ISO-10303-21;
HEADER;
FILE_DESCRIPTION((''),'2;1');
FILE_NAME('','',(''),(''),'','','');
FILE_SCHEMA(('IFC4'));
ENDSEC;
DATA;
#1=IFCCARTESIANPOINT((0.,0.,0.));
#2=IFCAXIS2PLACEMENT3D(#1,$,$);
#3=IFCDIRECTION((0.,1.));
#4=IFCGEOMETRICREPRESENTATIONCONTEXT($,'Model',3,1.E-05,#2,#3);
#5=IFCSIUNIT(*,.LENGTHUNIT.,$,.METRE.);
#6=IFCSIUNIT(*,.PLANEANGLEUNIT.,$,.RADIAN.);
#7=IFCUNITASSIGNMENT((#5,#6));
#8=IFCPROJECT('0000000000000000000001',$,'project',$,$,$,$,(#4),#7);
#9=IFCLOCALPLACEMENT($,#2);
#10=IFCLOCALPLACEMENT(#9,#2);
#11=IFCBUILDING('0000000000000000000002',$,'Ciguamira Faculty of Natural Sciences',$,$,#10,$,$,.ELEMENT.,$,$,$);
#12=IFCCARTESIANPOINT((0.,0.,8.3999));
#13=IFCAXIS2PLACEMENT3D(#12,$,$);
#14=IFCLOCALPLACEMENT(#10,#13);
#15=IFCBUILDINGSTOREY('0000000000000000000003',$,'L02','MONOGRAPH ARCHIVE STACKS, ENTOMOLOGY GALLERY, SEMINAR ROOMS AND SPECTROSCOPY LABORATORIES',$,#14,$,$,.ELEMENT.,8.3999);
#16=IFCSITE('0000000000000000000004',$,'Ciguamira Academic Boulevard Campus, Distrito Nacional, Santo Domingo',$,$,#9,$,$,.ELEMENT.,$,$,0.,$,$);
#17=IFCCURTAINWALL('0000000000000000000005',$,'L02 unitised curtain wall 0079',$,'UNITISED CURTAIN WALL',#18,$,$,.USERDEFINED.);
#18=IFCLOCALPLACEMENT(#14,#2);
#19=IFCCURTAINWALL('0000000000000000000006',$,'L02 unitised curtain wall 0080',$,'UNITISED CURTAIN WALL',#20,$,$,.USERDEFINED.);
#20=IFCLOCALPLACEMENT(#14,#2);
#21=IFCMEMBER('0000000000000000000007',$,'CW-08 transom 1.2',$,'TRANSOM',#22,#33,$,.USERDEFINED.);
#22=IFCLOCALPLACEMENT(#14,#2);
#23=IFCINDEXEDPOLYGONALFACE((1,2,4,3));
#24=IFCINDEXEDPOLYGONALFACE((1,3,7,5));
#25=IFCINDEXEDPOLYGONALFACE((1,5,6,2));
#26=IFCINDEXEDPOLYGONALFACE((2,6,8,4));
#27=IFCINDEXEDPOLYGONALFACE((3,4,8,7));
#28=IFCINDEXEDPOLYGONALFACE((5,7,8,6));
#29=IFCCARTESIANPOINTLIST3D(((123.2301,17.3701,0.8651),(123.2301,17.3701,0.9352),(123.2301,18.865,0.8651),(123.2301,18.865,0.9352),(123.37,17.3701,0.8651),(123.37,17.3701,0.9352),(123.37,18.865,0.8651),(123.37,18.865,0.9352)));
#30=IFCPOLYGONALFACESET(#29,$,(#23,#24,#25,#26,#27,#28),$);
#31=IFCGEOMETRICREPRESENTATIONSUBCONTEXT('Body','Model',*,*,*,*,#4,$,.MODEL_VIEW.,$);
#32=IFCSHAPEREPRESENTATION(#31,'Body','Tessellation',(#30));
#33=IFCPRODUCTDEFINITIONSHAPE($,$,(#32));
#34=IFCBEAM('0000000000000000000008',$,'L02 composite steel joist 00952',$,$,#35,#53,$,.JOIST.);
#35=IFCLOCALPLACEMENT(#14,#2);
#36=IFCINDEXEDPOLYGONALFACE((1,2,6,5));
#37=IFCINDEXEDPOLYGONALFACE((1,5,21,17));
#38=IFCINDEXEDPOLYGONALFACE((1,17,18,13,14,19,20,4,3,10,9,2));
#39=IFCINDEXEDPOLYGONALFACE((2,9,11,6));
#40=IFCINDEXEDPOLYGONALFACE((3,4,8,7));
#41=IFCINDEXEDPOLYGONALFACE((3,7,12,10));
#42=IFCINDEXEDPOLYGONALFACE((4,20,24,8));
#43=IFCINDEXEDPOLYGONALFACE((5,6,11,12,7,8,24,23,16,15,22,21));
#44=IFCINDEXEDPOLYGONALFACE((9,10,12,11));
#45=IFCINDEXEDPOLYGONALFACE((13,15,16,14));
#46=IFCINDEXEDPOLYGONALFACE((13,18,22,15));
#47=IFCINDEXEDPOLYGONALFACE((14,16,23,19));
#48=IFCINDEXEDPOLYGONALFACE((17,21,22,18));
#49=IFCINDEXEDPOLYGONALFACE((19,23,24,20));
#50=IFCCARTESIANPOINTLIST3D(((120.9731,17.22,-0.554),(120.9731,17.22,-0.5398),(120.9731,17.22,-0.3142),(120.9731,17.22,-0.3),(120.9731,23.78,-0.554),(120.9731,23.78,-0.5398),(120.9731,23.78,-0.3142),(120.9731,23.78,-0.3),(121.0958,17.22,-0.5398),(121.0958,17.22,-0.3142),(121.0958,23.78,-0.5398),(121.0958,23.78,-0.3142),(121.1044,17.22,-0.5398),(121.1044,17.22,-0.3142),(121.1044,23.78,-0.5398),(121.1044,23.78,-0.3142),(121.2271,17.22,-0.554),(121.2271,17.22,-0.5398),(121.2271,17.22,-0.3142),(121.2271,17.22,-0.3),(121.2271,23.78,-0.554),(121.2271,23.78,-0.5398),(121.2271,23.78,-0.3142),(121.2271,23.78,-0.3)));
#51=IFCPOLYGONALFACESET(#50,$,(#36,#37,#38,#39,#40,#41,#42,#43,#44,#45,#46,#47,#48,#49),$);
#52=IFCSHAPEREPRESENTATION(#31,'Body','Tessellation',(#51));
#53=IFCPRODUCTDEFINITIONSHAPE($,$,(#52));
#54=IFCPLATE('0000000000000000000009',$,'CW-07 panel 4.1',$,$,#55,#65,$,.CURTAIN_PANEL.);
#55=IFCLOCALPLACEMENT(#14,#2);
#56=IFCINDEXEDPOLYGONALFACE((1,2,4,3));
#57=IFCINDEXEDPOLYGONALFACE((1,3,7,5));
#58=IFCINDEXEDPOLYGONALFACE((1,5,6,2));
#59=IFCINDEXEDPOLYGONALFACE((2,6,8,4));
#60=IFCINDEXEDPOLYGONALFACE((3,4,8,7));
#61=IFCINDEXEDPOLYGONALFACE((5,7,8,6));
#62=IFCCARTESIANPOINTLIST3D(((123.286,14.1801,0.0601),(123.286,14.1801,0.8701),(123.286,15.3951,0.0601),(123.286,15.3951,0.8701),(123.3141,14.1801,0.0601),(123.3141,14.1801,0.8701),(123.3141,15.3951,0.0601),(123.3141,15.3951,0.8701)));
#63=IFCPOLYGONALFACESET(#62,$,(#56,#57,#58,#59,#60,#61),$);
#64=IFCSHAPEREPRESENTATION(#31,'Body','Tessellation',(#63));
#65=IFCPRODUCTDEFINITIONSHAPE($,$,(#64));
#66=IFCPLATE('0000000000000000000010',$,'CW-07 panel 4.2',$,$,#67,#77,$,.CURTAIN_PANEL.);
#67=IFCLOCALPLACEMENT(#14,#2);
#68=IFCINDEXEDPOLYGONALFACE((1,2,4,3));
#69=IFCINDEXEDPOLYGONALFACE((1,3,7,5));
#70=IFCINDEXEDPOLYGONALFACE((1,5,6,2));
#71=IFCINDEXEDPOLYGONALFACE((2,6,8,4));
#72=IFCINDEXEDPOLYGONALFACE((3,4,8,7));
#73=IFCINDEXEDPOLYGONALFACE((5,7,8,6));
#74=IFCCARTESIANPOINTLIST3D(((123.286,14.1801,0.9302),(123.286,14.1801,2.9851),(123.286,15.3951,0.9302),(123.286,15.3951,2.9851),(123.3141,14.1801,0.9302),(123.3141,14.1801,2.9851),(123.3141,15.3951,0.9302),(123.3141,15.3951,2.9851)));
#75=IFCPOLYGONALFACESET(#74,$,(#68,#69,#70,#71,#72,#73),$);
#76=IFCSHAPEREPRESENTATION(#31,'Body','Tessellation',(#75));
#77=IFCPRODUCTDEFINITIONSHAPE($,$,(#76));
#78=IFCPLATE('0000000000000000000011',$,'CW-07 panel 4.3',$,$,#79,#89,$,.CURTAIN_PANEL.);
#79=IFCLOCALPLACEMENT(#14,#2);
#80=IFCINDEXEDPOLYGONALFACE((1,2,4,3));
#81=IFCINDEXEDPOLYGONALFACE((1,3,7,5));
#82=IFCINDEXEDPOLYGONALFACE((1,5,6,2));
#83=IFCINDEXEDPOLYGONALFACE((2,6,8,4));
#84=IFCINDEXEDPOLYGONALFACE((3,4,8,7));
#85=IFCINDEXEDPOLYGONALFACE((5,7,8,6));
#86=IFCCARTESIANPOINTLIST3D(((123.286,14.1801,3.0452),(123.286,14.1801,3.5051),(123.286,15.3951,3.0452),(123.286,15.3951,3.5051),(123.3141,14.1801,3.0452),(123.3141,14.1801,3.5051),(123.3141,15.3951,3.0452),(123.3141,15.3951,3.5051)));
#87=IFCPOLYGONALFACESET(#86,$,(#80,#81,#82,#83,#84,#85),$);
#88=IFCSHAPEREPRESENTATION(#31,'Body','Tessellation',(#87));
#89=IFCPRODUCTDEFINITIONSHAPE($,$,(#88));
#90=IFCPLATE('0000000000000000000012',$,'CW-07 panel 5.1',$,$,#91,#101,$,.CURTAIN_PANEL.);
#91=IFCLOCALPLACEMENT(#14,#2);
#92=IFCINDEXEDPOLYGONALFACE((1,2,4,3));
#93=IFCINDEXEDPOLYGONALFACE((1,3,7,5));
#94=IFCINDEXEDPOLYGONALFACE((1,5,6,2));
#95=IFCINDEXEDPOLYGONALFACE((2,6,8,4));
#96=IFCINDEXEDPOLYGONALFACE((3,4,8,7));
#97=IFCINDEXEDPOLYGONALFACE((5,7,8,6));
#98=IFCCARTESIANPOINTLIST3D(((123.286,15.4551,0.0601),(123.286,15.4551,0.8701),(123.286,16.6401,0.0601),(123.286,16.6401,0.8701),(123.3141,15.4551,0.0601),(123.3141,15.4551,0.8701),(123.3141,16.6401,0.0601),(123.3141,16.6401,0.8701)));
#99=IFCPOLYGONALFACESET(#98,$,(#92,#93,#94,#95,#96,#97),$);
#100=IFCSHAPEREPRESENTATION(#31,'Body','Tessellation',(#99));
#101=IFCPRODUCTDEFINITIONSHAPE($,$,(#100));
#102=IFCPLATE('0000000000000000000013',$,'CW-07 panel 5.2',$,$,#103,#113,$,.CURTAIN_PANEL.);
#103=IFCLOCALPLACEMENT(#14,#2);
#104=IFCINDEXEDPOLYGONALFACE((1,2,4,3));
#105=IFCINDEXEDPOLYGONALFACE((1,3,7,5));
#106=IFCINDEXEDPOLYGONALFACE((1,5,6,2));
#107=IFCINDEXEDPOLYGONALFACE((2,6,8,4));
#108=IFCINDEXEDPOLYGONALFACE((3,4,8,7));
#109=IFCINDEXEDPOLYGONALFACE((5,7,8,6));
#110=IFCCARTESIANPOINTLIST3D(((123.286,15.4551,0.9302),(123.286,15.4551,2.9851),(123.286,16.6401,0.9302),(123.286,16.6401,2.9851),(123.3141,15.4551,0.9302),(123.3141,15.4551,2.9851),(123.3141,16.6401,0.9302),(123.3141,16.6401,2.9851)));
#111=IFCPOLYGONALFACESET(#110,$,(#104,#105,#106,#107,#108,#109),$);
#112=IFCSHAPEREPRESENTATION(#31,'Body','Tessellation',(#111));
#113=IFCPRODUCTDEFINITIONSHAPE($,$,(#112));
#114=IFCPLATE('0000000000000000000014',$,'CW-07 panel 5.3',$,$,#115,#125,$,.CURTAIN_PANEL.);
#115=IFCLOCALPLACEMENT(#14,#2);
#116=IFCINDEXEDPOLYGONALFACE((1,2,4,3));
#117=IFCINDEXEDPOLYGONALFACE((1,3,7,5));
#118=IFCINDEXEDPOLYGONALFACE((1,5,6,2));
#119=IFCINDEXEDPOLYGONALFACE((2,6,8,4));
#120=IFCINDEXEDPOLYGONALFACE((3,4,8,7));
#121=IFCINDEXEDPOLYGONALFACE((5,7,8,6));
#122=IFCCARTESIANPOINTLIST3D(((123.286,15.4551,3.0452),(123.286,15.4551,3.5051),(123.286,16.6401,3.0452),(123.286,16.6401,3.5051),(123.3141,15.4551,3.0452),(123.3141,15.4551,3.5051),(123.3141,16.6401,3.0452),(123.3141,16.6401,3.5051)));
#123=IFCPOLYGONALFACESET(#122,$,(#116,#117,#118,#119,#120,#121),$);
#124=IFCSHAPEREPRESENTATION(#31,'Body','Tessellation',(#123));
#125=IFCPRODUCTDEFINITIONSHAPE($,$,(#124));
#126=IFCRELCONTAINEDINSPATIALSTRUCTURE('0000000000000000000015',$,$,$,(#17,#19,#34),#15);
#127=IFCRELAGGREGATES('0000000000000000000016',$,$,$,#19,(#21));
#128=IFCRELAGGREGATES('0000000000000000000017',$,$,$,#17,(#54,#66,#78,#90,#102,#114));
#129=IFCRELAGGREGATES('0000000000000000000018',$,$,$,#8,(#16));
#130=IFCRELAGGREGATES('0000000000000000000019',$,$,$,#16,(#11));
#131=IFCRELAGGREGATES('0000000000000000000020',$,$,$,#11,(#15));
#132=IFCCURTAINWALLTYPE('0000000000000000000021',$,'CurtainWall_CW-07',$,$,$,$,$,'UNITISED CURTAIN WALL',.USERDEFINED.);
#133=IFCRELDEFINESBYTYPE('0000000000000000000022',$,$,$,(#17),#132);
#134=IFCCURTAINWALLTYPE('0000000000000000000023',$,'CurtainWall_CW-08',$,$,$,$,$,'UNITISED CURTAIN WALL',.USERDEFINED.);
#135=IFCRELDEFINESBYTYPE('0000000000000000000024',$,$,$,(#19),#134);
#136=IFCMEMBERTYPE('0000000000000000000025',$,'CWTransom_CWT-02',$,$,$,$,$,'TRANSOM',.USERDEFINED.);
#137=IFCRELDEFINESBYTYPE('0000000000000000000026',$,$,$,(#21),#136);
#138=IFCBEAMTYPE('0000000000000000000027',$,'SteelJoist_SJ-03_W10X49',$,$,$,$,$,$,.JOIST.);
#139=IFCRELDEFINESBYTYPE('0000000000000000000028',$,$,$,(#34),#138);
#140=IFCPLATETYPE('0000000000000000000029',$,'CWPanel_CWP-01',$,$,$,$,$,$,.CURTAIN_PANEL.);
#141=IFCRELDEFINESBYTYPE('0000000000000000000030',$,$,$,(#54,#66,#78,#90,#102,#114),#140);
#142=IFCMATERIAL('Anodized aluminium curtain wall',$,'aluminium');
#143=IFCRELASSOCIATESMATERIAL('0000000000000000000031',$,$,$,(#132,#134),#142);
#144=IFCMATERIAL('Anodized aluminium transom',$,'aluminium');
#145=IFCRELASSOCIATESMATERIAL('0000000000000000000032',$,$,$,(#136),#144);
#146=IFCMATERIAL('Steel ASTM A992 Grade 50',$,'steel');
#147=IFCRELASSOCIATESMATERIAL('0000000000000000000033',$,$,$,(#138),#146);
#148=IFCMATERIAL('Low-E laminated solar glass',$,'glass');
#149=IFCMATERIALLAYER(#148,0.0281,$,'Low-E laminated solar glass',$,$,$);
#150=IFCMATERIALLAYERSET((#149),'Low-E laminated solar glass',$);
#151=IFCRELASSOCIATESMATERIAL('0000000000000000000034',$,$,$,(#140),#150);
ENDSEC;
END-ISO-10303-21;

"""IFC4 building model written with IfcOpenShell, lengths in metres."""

from ifc_helpers import new_model, si_unit, direction, frame, origin, origin_2d, place, context, subcontext, project, spatial, rectangle, i_section, extrude, material, layer, layer_set, material_profile, profile_set, type_object, element, aggregate, save


model = new_model("IFC4")

# Units and contexts
model_context = context("Model", 3, precision=1e-05, world=origin(), true_north=direction((0.0, 1.0)))
body_context = subcontext(model_context, "Body", "Model", "MODEL_VIEW")
ifc_project = project(units=[si_unit("LENGTHUNIT", "METRE"), si_unit("PLANEANGLEUNIT", "RADIAN")], contexts=[model_context])

# Site, building, storey
site_placement = place(None, origin())
site = spatial("IfcSite", under=ifc_project, at=site_placement, Name="Ciguamira Academic Boulevard Campus, Distrito Nacional, Santo Domingo", CompositionType="ELEMENT", RefElevation=0.0)
building_placement = place(site_placement, origin())
building = spatial("IfcBuilding", under=site, at=building_placement, Name="Ciguamira Faculty of Natural Sciences", CompositionType="ELEMENT")
storey_placement = place(building_placement, frame((0.0, 0.0, 8.3999)))
storey = spatial("IfcBuildingStorey", under=building, at=storey_placement, Name="L02", Description="MONOGRAPH ARCHIVE STACKS, ENTOMOLOGY GALLERY, SEMINAR ROOMS AND SPECTROSCOPY LABORATORIES", CompositionType="ELEMENT", Elevation=8.3999)

# Curtain wall
ifc_material_1 = material(Name="Anodized aluminium curtain wall", Category="aluminium")
curtain_wall_type_1 = type_object("IfcCurtainWallType", Name="CurtainWall_CW-07", ElementType="UNITISED CURTAIN WALL", PredefinedType="USERDEFINED", material=ifc_material_1)
curtain_wall_1_placement = place(storey_placement, origin())
curtain_wall_1 = element("IfcCurtainWall", 1, at=curtain_wall_1_placement, inside=storey, type_object=curtain_wall_type_1, Name="L02 unitised curtain wall 0079", ObjectType="UNITISED CURTAIN WALL", PredefinedType="USERDEFINED")

# Curtain wall
curtain_wall_type_2 = type_object("IfcCurtainWallType", Name="CurtainWall_CW-08", ElementType="UNITISED CURTAIN WALL", PredefinedType="USERDEFINED", material=ifc_material_1)
curtain_wall_2_placement = place(storey_placement, origin())
curtain_wall_2 = element("IfcCurtainWall", 2, at=curtain_wall_2_placement, inside=storey, type_object=curtain_wall_type_2, Name="L02 unitised curtain wall 0080", ObjectType="UNITISED CURTAIN WALL", PredefinedType="USERDEFINED")

# Member
ifc_material_2 = material(Name="Anodized aluminium transom", Category="aluminium")
ifc_material_profile_1 = material_profile(ifc_material_2, rectangle(XDim=0.0701, YDim=0.1399, at=origin_2d()), Name="ALU-TRN-70X140")
ifc_profile_set_1 = profile_set([ifc_material_profile_1], Name="Anodized aluminium transom")
member_type_1 = type_object("IfcMemberType", Name="CWTransom_CWT-02", ElementType="TRANSOM", PredefinedType="USERDEFINED", material=ifc_profile_set_1)
member_1_placement = place(storey_placement, frame((123.3, 17.3701, 0.9001), z_axis=(0.0, 1.0, 0.0), x_axis=(0.0, 0.0, 1.0)))
member_1 = element("IfcMember", 3, at=member_1_placement, type_object=member_type_1, Name="CW-08 transom 1.2", ObjectType="TRANSOM", PredefinedType="USERDEFINED", context=body_context, shape_type="SweptSolid", body=[
    extrude(rectangle(XDim=0.0701, YDim=0.1399, at=origin_2d()), origin(), (0.0, 0.0, 1.0), 1.4949),
])
aggregate(curtain_wall_2, [member_1])

# Beam
ifc_material_3 = material(Name="Steel ASTM A992 Grade 50", Category="steel")
ifc_material_profile_2 = material_profile(ifc_material_3, i_section(OverallWidth=0.2539, OverallDepth=0.2539, WebThickness=0.0085, FlangeThickness=0.0142, at=origin_2d()), Name="W10X49")
ifc_profile_set_2 = profile_set([ifc_material_profile_2], Name="Steel ASTM A992 Grade 50")
beam_type = type_object("IfcBeamType", Name="SteelJoist_SJ-03_W10X49", PredefinedType="JOIST", material=ifc_profile_set_2)
beam_placement = place(storey_placement, frame((121.1001, 17.22, -0.427), z_axis=(0.0, 1.0, 0.0), x_axis=(-1.0, 0.0, 0.0)))
element("IfcBeam", 4, at=beam_placement, inside=storey, type_object=beam_type, Name="L02 composite steel joist 00952", PredefinedType="JOIST", context=body_context, shape_type="SweptSolid", body=[
    extrude(i_section(OverallWidth=0.2539, OverallDepth=0.2539, WebThickness=0.0085, FlangeThickness=0.0142, at=origin_2d()), origin(), (0.0, 0.0, 1.0), 6.5601),
])

# Plates
ifc_material_4 = material(Name="Low-E laminated solar glass", Category="glass")
ifc_layer = layer(ifc_material_4, 0.0281, Name="Low-E laminated solar glass")
ifc_layer_set = layer_set([ifc_layer], Name="Low-E laminated solar glass")
plate_type = type_object("IfcPlateType", Name="CWPanel_CWP-01", PredefinedType="CURTAIN_PANEL", material=ifc_layer_set)
plate_1_placement = place(storey_placement, frame((123.3, 14.7876, 0.0601), z_axis=(0.0, 0.0, 1.0), x_axis=(0.0, 1.0, 0.0)))
plate_1 = element("IfcPlate", 5, at=plate_1_placement, type_object=plate_type, Name="CW-07 panel 4.1", PredefinedType="CURTAIN_PANEL", context=body_context, shape_type="SweptSolid", body=[
    extrude(rectangle(XDim=1.2151, YDim=0.0281, at=origin_2d()), origin(), (0.0, 0.0, 1.0), 0.8101),
])
plate_2_placement = place(storey_placement, frame((123.3, 14.7876, 0.9302), z_axis=(0.0, 0.0, 1.0), x_axis=(0.0, 1.0, 0.0)))
plate_2 = element("IfcPlate", 6, at=plate_2_placement, type_object=plate_type, Name="CW-07 panel 4.2", PredefinedType="CURTAIN_PANEL", context=body_context, shape_type="SweptSolid", body=[
    extrude(rectangle(XDim=1.2151, YDim=0.0281, at=origin_2d()), origin(), (0.0, 0.0, 1.0), 2.0549),
])
plate_3_placement = place(storey_placement, frame((123.3, 14.7876, 3.0452), z_axis=(0.0, 0.0, 1.0), x_axis=(0.0, 1.0, 0.0)))
plate_3 = element("IfcPlate", 7, at=plate_3_placement, type_object=plate_type, Name="CW-07 panel 4.3", PredefinedType="CURTAIN_PANEL", context=body_context, shape_type="SweptSolid", body=[
    extrude(rectangle(XDim=1.2151, YDim=0.0281, at=origin_2d()), origin(), (0.0, 0.0, 1.0), 0.46),
])
plate_4_placement = place(storey_placement, frame((123.3, 16.0476, 0.0601), z_axis=(0.0, 0.0, 1.0), x_axis=(0.0, 1.0, 0.0)))
plate_4 = element("IfcPlate", 8, at=plate_4_placement, type_object=plate_type, Name="CW-07 panel 5.1", PredefinedType="CURTAIN_PANEL", context=body_context, shape_type="SweptSolid", body=[
    extrude(rectangle(XDim=1.1851, YDim=0.0281, at=origin_2d()), origin(), (0.0, 0.0, 1.0), 0.8101),
])
plate_5_placement = place(storey_placement, frame((123.3, 16.0476, 0.9302), z_axis=(0.0, 0.0, 1.0), x_axis=(0.0, 1.0, 0.0)))
plate_5 = element("IfcPlate", 9, at=plate_5_placement, type_object=plate_type, Name="CW-07 panel 5.2", PredefinedType="CURTAIN_PANEL", context=body_context, shape_type="SweptSolid", body=[
    extrude(rectangle(XDim=1.1851, YDim=0.0281, at=origin_2d()), origin(), (0.0, 0.0, 1.0), 2.0549),
])
plate_6_placement = place(storey_placement, frame((123.3, 16.0476, 3.0452), z_axis=(0.0, 0.0, 1.0), x_axis=(0.0, 1.0, 0.0)))
plate_6 = element("IfcPlate", 10, at=plate_6_placement, type_object=plate_type, Name="CW-07 panel 5.3", PredefinedType="CURTAIN_PANEL", context=body_context, shape_type="SweptSolid", body=[
    extrude(rectangle(XDim=1.1851, YDim=0.0281, at=origin_2d()), origin(), (0.0, 0.0, 1.0), 0.46),
])
aggregate(curtain_wall_1, [plate_1, plate_2, plate_3, plate_4, plate_5, plate_6])

save(model, "model.ifc")
